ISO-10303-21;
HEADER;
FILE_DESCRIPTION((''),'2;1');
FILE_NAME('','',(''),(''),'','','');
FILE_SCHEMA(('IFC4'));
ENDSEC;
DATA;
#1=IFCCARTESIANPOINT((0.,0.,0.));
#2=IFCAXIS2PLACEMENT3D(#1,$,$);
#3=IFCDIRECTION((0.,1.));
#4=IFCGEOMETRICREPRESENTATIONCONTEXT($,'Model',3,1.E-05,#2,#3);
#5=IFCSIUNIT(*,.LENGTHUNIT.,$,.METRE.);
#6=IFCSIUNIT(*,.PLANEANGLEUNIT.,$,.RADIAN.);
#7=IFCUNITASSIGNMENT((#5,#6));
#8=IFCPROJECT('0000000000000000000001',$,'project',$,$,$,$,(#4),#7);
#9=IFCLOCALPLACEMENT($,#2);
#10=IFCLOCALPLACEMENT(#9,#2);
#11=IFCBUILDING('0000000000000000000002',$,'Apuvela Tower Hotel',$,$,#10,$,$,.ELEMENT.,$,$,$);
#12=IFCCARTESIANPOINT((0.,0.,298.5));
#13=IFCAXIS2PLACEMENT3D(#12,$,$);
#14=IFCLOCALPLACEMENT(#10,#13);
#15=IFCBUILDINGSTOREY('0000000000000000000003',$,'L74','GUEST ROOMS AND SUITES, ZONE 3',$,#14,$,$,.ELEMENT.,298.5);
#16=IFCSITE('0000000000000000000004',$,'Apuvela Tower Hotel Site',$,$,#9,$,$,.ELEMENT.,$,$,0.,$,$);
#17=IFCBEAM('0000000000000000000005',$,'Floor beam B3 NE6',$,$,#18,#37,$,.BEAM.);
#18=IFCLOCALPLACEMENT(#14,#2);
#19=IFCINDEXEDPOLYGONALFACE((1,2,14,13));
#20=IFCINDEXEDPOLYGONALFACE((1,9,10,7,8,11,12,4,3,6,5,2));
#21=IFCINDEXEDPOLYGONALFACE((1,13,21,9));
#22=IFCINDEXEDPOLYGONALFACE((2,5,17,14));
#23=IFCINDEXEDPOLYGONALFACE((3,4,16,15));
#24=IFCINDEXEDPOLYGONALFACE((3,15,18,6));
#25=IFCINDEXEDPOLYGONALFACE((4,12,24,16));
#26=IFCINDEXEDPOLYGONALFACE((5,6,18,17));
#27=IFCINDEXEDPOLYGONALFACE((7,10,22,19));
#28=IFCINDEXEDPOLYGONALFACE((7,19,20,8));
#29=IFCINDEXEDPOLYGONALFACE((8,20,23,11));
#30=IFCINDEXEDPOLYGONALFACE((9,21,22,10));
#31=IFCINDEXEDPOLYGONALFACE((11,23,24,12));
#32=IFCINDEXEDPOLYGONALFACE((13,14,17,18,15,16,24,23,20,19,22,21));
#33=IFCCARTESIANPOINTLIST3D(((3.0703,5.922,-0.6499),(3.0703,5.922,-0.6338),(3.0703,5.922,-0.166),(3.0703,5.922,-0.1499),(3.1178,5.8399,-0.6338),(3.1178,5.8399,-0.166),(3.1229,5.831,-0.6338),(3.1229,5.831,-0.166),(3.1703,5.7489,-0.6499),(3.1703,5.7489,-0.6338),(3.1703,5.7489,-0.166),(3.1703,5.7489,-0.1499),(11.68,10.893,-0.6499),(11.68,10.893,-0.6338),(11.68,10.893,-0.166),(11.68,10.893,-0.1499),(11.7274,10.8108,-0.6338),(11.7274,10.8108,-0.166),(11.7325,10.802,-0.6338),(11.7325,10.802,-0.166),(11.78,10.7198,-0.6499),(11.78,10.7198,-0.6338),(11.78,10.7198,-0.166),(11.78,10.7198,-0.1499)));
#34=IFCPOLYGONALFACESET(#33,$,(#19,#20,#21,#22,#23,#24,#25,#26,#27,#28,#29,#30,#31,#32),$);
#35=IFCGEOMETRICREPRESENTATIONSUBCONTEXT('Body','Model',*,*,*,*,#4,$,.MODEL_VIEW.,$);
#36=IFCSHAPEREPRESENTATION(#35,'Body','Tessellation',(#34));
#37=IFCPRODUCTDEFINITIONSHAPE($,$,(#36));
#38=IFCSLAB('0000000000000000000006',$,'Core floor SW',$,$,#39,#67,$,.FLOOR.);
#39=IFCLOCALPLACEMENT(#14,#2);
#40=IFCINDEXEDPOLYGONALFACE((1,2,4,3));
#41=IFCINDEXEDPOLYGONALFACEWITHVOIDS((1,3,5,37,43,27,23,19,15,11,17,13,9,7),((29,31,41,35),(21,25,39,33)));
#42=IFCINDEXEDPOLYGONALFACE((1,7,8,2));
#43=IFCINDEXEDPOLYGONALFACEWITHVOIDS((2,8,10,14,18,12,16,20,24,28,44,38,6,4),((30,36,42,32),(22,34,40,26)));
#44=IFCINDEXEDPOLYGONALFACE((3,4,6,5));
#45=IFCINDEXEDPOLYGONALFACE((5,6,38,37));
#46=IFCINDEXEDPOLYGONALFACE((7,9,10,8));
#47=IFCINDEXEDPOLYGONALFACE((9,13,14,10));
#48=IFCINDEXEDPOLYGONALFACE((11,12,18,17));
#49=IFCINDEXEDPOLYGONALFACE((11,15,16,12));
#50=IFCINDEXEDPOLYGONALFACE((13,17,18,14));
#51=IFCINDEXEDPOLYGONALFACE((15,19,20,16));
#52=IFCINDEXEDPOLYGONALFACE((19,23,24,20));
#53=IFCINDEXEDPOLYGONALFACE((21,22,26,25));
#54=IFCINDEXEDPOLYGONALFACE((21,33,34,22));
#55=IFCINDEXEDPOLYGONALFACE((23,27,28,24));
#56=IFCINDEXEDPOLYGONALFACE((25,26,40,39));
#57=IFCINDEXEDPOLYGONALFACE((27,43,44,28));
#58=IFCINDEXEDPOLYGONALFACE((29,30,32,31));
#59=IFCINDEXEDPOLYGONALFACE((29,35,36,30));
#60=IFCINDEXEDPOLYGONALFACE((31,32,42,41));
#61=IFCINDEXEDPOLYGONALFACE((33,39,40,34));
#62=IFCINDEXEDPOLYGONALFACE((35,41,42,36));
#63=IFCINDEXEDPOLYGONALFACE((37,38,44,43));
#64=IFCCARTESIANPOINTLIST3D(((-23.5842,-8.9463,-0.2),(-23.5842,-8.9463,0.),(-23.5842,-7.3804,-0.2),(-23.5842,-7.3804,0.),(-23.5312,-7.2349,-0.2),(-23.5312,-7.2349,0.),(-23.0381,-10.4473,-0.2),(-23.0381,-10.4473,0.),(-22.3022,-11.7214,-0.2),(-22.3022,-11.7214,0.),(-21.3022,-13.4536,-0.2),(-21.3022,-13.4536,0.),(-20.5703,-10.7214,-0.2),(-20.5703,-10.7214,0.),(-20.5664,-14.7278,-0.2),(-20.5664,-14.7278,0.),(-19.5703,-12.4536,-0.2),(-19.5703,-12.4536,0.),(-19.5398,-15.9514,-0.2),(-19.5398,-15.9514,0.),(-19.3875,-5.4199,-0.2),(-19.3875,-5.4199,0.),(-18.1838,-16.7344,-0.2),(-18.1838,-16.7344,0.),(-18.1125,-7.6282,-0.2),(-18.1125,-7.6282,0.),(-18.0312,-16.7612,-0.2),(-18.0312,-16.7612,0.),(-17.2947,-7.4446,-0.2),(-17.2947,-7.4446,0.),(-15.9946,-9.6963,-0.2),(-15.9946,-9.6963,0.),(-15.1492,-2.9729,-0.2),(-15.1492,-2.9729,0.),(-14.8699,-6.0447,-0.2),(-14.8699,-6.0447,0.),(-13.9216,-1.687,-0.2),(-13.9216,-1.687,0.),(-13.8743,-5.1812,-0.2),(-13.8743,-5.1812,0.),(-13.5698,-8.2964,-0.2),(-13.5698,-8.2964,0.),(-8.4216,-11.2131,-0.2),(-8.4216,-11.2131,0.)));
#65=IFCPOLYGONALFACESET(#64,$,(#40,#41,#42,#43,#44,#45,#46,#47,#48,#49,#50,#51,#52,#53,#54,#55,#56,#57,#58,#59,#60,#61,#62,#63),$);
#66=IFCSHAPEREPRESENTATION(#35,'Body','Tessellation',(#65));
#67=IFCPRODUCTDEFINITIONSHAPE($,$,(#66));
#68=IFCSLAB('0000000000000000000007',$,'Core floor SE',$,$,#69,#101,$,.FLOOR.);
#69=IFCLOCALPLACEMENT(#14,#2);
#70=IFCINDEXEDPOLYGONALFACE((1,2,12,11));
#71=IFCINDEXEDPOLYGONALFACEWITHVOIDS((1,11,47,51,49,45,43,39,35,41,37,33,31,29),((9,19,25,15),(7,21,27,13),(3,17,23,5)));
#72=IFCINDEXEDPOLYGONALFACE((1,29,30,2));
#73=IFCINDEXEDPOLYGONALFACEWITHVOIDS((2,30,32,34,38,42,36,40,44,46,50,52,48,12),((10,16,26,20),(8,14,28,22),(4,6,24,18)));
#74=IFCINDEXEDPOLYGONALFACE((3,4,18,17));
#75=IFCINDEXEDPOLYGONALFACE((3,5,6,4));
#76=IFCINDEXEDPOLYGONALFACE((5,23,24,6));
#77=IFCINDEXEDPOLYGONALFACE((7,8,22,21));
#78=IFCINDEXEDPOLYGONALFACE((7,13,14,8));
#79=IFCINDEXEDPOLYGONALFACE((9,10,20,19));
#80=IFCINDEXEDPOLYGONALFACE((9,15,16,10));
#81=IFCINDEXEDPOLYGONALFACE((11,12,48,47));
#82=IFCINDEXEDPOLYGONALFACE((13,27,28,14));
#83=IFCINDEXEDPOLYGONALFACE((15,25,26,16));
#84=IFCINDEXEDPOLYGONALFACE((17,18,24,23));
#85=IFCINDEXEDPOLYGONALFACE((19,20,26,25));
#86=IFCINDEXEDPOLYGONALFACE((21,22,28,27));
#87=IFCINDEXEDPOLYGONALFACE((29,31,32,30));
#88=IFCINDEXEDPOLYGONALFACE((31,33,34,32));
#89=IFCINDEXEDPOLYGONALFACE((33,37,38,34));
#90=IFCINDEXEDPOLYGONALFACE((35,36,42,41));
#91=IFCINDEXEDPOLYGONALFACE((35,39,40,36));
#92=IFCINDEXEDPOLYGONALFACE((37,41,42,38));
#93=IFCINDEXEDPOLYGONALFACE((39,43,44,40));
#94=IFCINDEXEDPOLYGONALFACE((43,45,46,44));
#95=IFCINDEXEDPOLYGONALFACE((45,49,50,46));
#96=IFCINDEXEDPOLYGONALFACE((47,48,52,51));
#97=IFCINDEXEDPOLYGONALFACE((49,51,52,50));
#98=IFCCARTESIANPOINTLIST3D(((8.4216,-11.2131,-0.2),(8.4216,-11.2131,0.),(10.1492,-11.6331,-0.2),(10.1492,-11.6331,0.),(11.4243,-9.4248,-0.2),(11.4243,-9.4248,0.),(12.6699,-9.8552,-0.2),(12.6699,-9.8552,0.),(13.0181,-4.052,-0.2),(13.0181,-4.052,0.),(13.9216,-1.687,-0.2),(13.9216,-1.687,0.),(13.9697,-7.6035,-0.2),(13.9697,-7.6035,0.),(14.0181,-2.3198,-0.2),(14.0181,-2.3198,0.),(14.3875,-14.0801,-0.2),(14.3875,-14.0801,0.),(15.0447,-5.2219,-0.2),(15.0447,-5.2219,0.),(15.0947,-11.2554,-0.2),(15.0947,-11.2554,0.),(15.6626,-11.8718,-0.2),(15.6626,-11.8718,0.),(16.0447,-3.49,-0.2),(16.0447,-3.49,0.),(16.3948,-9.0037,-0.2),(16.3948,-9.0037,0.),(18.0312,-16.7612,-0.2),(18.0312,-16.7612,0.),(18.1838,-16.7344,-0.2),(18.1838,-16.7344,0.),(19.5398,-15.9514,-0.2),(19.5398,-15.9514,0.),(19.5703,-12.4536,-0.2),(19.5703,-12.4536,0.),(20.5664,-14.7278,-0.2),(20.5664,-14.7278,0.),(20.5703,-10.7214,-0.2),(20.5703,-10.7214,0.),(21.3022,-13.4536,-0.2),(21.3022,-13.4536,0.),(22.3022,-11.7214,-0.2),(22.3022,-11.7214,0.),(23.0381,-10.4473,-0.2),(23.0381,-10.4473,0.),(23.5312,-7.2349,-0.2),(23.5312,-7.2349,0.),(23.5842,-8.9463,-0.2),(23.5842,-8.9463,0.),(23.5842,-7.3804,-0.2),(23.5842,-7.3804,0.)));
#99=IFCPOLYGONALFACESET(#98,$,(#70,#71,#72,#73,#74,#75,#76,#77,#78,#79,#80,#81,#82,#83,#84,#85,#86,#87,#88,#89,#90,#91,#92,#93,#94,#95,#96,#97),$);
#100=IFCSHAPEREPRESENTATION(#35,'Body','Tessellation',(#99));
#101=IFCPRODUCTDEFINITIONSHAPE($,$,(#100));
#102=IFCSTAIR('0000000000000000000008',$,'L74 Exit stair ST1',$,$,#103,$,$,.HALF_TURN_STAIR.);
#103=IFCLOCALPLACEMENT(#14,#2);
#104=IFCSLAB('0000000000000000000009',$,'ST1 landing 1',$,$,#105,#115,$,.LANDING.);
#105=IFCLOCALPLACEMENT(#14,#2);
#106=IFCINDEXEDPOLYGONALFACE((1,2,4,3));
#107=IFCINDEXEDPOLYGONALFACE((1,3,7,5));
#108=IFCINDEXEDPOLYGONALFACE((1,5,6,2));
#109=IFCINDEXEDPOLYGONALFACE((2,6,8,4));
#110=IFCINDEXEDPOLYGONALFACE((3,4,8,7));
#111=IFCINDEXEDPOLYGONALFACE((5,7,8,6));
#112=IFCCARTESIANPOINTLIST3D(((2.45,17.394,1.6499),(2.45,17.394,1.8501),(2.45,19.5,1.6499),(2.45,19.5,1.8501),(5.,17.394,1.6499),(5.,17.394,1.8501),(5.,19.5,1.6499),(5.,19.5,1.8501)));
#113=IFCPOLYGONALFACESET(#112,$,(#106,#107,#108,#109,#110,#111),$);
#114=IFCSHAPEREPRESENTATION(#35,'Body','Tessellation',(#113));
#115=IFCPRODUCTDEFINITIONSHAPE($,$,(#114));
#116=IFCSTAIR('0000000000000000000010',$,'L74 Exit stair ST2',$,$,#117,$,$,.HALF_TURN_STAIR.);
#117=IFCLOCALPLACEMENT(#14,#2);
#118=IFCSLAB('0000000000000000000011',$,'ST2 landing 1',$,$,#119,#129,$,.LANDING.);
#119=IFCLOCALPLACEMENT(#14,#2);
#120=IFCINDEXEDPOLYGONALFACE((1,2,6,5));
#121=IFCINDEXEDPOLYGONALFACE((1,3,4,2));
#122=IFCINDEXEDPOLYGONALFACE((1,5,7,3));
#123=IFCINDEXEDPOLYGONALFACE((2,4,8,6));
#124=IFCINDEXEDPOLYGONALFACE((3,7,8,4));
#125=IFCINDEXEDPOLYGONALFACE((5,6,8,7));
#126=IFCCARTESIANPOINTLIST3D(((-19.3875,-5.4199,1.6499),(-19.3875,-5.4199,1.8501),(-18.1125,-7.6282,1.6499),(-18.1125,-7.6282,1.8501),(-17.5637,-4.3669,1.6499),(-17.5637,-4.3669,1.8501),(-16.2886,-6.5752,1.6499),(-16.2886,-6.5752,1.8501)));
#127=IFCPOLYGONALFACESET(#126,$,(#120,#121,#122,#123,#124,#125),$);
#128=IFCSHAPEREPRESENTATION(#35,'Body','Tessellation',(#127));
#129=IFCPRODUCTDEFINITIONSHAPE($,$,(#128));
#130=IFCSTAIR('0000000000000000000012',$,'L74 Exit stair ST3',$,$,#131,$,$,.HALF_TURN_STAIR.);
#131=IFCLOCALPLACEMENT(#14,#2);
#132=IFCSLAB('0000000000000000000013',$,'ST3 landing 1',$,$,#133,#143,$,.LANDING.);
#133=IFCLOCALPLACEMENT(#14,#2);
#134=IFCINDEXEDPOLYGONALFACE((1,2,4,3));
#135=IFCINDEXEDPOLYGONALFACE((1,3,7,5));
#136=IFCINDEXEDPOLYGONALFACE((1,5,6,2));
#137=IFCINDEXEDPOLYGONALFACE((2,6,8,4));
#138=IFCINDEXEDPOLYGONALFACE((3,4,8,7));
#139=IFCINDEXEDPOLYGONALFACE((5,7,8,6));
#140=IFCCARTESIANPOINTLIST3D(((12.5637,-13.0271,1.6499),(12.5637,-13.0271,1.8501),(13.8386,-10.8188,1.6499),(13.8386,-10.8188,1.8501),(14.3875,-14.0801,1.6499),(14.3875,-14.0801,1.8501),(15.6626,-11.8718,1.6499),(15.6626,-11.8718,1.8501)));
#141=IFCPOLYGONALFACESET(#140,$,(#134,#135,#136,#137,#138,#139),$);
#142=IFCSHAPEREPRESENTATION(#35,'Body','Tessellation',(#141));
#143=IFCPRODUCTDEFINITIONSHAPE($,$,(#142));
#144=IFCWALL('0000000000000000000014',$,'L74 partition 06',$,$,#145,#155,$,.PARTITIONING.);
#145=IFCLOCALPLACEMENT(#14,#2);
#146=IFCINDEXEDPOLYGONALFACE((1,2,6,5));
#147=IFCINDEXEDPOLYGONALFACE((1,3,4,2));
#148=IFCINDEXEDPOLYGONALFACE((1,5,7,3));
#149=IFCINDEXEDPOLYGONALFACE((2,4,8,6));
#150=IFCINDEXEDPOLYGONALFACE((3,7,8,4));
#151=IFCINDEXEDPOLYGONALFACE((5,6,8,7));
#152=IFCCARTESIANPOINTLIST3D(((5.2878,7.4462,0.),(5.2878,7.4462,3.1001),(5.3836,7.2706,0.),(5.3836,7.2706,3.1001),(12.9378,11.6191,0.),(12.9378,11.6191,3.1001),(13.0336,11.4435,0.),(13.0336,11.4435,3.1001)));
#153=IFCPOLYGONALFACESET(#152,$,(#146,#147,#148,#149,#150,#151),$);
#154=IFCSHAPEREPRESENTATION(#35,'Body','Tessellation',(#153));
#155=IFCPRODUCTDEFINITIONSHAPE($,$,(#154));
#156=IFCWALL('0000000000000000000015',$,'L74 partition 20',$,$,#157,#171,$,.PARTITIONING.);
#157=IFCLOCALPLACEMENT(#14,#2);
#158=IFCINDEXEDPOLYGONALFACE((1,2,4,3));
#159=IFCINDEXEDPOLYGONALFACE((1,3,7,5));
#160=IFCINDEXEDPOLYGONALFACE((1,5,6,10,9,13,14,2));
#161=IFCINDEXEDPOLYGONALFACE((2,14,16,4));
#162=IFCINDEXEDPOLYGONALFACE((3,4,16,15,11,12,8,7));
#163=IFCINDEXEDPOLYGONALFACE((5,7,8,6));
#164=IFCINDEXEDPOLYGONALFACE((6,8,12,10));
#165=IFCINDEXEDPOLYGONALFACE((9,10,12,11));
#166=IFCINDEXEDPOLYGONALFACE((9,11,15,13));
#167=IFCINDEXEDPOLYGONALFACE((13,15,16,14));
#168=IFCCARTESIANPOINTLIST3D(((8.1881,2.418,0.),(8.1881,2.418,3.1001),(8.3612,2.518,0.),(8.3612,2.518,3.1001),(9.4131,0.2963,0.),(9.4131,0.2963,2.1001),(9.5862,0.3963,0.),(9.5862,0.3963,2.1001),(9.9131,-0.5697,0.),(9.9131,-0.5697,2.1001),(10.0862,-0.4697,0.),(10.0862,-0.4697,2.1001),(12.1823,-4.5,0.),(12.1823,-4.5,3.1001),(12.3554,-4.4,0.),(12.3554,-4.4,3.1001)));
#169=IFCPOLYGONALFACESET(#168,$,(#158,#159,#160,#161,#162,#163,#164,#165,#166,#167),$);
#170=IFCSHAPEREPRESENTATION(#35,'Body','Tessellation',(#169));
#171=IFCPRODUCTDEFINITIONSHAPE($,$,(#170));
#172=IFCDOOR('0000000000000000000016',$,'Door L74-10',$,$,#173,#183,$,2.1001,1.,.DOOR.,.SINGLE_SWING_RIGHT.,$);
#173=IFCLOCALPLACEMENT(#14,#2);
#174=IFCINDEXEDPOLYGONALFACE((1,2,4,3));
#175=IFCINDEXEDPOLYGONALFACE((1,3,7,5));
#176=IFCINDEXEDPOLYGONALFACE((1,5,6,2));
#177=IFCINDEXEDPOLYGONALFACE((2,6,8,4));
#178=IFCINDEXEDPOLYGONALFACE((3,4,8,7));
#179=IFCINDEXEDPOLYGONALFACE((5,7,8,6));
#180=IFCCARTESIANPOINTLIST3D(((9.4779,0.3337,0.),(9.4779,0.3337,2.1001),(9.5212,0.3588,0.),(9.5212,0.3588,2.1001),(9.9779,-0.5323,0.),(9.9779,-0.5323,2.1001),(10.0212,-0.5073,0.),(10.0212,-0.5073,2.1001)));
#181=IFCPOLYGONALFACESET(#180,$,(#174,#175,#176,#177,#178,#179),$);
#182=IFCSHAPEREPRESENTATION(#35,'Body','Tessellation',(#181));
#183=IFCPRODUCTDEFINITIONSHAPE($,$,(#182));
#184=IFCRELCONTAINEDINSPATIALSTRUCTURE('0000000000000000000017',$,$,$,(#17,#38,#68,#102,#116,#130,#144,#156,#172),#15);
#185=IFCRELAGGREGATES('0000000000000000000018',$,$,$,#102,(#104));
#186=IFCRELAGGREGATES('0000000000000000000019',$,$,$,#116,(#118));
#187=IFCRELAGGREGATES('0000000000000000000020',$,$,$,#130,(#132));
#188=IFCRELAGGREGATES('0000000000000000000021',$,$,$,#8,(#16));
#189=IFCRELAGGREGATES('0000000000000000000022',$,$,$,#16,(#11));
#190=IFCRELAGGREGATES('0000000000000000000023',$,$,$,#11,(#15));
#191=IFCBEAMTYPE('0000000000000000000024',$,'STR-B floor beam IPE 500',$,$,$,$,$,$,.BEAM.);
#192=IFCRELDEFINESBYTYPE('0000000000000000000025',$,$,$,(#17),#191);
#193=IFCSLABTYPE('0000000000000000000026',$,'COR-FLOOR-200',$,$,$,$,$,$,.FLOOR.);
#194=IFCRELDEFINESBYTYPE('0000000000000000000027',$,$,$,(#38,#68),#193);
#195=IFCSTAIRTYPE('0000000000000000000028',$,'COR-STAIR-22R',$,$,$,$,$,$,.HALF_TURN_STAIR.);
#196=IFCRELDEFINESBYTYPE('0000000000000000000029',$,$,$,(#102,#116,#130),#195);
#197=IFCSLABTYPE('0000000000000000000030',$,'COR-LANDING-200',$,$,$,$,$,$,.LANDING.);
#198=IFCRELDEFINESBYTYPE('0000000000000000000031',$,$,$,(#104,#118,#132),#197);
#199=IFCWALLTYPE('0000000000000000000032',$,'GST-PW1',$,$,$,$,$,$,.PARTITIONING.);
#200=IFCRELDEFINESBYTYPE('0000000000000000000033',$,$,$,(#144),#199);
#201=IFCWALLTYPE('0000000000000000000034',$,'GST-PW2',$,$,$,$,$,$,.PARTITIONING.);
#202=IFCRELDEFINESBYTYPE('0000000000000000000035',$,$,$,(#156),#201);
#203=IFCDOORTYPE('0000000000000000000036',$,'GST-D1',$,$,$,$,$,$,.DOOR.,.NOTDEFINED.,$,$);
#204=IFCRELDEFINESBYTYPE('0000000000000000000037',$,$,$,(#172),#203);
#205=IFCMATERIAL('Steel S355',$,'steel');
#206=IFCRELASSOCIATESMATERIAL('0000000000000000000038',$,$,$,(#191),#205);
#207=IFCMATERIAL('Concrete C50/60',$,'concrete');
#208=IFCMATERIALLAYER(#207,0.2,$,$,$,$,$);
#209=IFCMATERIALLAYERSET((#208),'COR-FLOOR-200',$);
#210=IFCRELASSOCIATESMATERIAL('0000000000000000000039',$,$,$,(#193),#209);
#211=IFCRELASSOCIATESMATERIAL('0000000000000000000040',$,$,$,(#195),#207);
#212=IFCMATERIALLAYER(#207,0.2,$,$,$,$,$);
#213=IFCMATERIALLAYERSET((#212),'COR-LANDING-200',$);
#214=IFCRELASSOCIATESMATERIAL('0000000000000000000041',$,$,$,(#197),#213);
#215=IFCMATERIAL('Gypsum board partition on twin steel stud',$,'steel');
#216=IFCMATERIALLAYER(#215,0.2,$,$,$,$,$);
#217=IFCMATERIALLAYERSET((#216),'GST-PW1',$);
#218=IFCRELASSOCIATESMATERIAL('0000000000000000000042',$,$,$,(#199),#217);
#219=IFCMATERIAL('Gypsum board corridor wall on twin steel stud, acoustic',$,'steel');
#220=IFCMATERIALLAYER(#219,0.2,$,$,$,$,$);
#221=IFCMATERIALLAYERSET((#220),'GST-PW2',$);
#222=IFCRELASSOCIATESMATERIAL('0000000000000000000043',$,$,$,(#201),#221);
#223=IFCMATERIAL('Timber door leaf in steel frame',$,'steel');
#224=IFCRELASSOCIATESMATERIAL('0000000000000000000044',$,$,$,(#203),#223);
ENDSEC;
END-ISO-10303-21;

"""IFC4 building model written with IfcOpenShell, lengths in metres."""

from ifc_helpers import new_model, si_unit, direction, frame, frame_2d, origin, origin_2d, place, context, subcontext, project, spatial, polyline, rectangle, i_section, outline, extrude, material, layer, layer_set, material_profile, profile_set, type_object, element, fill, aggregate, save


model = new_model("IFC4")

# Units and contexts
model_context = context("Model", 3, precision=1e-05, world=origin(), true_north=direction((0.0, 1.0)))
body_context = subcontext(model_context, "Body", "Model", "MODEL_VIEW")
ifc_project = project(units=[si_unit("LENGTHUNIT", "METRE"), si_unit("PLANEANGLEUNIT", "RADIAN")], contexts=[model_context])

# Site, building, storey
site_placement = place(None, origin())
site = spatial("IfcSite", under=ifc_project, at=site_placement, Name="Apuvela Tower Hotel Site", CompositionType="ELEMENT", RefElevation=0.0)
building_placement = place(site_placement, origin())
building = spatial("IfcBuilding", under=site, at=building_placement, Name="Apuvela Tower Hotel", CompositionType="ELEMENT")
storey_placement = place(building_placement, frame((0.0, 0.0, 298.5)))
storey = spatial("IfcBuildingStorey", under=building, at=storey_placement, Name="L74", Description="GUEST ROOMS AND SUITES, ZONE 3", CompositionType="ELEMENT", Elevation=298.5)

# Beam
ifc_material_1 = material(Name="Steel S355", Category="steel")
ifc_material_profile = material_profile(ifc_material_1, i_section(OverallWidth=0.2, OverallDepth=0.5, WebThickness=0.0103, FlangeThickness=0.0161, at=origin_2d()), Name="IPE 500")
ifc_profile_set = profile_set([ifc_material_profile], Name="Steel S355")
beam_type = type_object("IfcBeamType", Name="STR-B floor beam IPE 500", PredefinedType="BEAM", material=ifc_profile_set)
beam_placement = place(storey_placement, frame((11.73, 10.8064, -0.3999), z_axis=(-0.866018, -0.500014, 0.0), x_axis=(0.500014, -0.866018, 0.0)))
element("IfcBeam", 1, at=beam_placement, inside=storey, type_object=beam_type, Name="Floor beam B3 NE6", PredefinedType="BEAM", context=body_context, shape_type="SweptSolid", body=[
    extrude(i_section(OverallWidth=0.2, OverallDepth=0.5, WebThickness=0.0103, FlangeThickness=0.0161, at=origin_2d()), origin(), (0.0, 0.0, 1.0), 9.9417),
])

# Slabs
ifc_material_2 = material(Name="Concrete C50/60", Category="concrete")
ifc_layer_1 = layer(ifc_material_2, 0.2)
ifc_layer_set_1 = layer_set([ifc_layer_1], Name="COR-FLOOR-200")
slab_type_1 = type_object("IfcSlabType", Name="COR-FLOOR-200", PredefinedType="FLOOR", material=ifc_layer_set_1)
slab_1_placement = place(storey_placement, frame((0.0, 0.0, -0.2)))
element("IfcSlab", 2, at=slab_1_placement, inside=storey, type_object=slab_type_1, Name="Core floor SW", PredefinedType="FLOOR", context=body_context, shape_type="SweptSolid", body=[
    extrude(outline(polyline([(-23.5312, -7.2349), (-23.5842, -7.3804), (-23.5842, -8.9463), (-23.0381, -10.4473), (-22.3022, -11.7214), (-20.5703, -10.7214), (-19.5703, -12.4536), (-21.3022, -13.4536), (-20.5664, -14.7278), (-19.5398, -15.9514), (-18.1838, -16.7344), (-18.0312, -16.7612), (-8.4216, -11.2131), (-13.9216, -1.687), (-23.5312, -7.2349)]), holes=[polyline([(-13.8743, -5.1812), (-18.1125, -7.6282), (-19.3875, -5.4199), (-15.1492, -2.9729), (-13.8743, -5.1812)]), polyline([(-13.5698, -8.2964), (-15.9946, -9.6963), (-17.2947, -7.4446), (-14.8699, -6.0447), (-13.5698, -8.2964)])]), origin(), (0.0, 0.0, 1.0), 0.2),
])
slab_2_placement = place(storey_placement, frame((0.0, 0.0, -0.2)))
element("IfcSlab", 3, at=slab_2_placement, inside=storey, type_object=slab_type_1, Name="Core floor SE", PredefinedType="FLOOR", context=body_context, shape_type="SweptSolid", body=[
    extrude(outline(polyline([(18.0312, -16.7612), (18.1838, -16.7344), (19.5398, -15.9514), (20.5664, -14.7278), (21.3022, -13.4536), (19.5703, -12.4536), (20.5703, -10.7214), (22.3022, -11.7214), (23.0381, -10.4473), (23.5842, -8.9463), (23.5842, -7.3804), (23.5312, -7.2349), (13.9216, -1.687), (8.4216, -11.2131), (18.0312, -16.7612)]), holes=[polyline([(14.0181, -2.3198), (16.0447, -3.49), (15.0447, -5.2219), (13.0181, -4.052), (14.0181, -2.3198)]), polyline([(10.1492, -11.6331), (11.4243, -9.4248), (15.6626, -11.8718), (14.3875, -14.0801), (10.1492, -11.6331)]), polyline([(12.6699, -9.8552), (13.9697, -7.6035), (16.3948, -9.0037), (15.0947, -11.2554), (12.6699, -9.8552)])]), origin(), (0.0, 0.0, 1.0), 0.2),
])

# Stairs, slabs
stair_type = type_object("IfcStairType", Name="COR-STAIR-22R", PredefinedType="HALF_TURN_STAIR", material=ifc_material_2)
stair_1_placement = place(storey_placement, origin())
stair_1 = element("IfcStair", 4, at=stair_1_placement, inside=storey, type_object=stair_type, Name="L74 Exit stair ST1", PredefinedType="HALF_TURN_STAIR")
ifc_layer_2 = layer(ifc_material_2, 0.2)
ifc_layer_set_2 = layer_set([ifc_layer_2], Name="COR-LANDING-200")
slab_type_2 = type_object("IfcSlabType", Name="COR-LANDING-200", PredefinedType="LANDING", material=ifc_layer_set_2)
slab_3_placement = place(storey_placement, frame((0.0, 0.0, 1.6499)))
slab_3 = element("IfcSlab", 5, at=slab_3_placement, type_object=slab_type_2, Name="ST1 landing 1", PredefinedType="LANDING", context=body_context, shape_type="SweptSolid", body=[
    extrude(outline(polyline([(5.0, 17.394), (5.0, 19.5), (2.45, 19.5), (2.45, 17.394), (5.0, 17.394)])), origin(), (0.0, 0.0, 1.0), 0.2002),
])
aggregate(stair_1, [slab_3])
stair_2_placement = place(storey_placement, origin())
stair_2 = element("IfcStair", 6, at=stair_2_placement, inside=storey, type_object=stair_type, Name="L74 Exit stair ST2", PredefinedType="HALF_TURN_STAIR")
slab_4_placement = place(storey_placement, frame((0.0, 0.0, 1.6499)))
slab_4 = element("IfcSlab", 7, at=slab_4_placement, type_object=slab_type_2, Name="ST2 landing 1", PredefinedType="LANDING", context=body_context, shape_type="SweptSolid", body=[
    extrude(outline(polyline([(-17.5637, -4.3669), (-19.3875, -5.4199), (-18.1125, -7.6282), (-16.2886, -6.5752), (-17.5637, -4.3669)])), origin(), (0.0, 0.0, 1.0), 0.2002),
])
aggregate(stair_2, [slab_4])
stair_3_placement = place(storey_placement, origin())
stair_3 = element("IfcStair", 8, at=stair_3_placement, inside=storey, type_object=stair_type, Name="L74 Exit stair ST3", PredefinedType="HALF_TURN_STAIR")
slab_5_placement = place(storey_placement, frame((0.0, 0.0, 1.6499)))
slab_5 = element("IfcSlab", 9, at=slab_5_placement, type_object=slab_type_2, Name="ST3 landing 1", PredefinedType="LANDING", context=body_context, shape_type="SweptSolid", body=[
    extrude(outline(polyline([(12.5637, -13.0271), (14.3875, -14.0801), (15.6626, -11.8718), (13.8386, -10.8188), (12.5637, -13.0271)])), origin(), (0.0, 0.0, 1.0), 0.2002),
])
aggregate(stair_3, [slab_5])

# Wall
ifc_material_3 = material(Name="Gypsum board partition on twin steel stud", Category="steel")
ifc_layer_3 = layer(ifc_material_3, 0.2)
ifc_layer_set_3 = layer_set([ifc_layer_3], Name="GST-PW1")
wall_type_1 = type_object("IfcWallType", Name="GST-PW1", PredefinedType="PARTITIONING", material=ifc_layer_set_3)
wall_1_placement = place(storey_placement, frame((12.9856, 11.5312, 0.0), z_axis=(0.0, 0.0, 1.0), x_axis=(-0.877887, -0.478868, 0.0)))
element("IfcWall", 10, at=wall_1_placement, inside=storey, type_object=wall_type_1, Name="L74 partition 06", PredefinedType="PARTITIONING", context=body_context, shape_type="SweptSolid", body=[
    extrude(rectangle(XDim=8.7141, YDim=0.2, at=frame_2d((4.3569, 0.0))), origin(), (0.0, 0.0, 1.0), 3.1001),
])

# Wall, opening, door
ifc_material_4 = material(Name="Gypsum board corridor wall on twin steel stud, acoustic", Category="steel")
ifc_layer_4 = layer(ifc_material_4, 0.2)
ifc_layer_set_4 = layer_set([ifc_layer_4], Name="GST-PW2")
wall_type_2 = type_object("IfcWallType", Name="GST-PW2", PredefinedType="PARTITIONING", material=ifc_layer_set_4)
wall_2_placement = place(storey_placement, frame((8.2747, 2.468, 0.0), z_axis=(0.0, 0.0, 1.0), x_axis=(0.500005, -0.866023, 0.0)))
wall_2 = element("IfcWall", 11, at=wall_2_placement, inside=storey, type_object=wall_type_2, Name="L74 partition 20", PredefinedType="PARTITIONING", context=body_context, shape_type="SweptSolid", body=[
    extrude(rectangle(XDim=7.9883, YDim=0.2, at=frame_2d((3.9941, 0.0))), origin(), (0.0, 0.0, 1.0), 3.1001),
])
opening_1_placement = place(wall_2_placement, frame((2.45, 0.0, 0.0)))
opening_1 = element("IfcOpeningElement", 12, at=opening_1_placement, cuts=wall_2, PredefinedType="OPENING", context=body_context, shape_type="SweptSolid", body=[
    extrude(rectangle(XDim=1.0, YDim=2.1001, at=frame_2d((0.5, 1.05))), frame((0.0, 0.1099, 0.0), z_axis=(0.0, -1.0, 0.0), x_axis=(1.0, 0.0, 0.0)), (0.0, 0.0, 1.0), 0.22),
])
ifc_material_5 = material(Name="Timber door leaf in steel frame", Category="steel")
door_type_1 = type_object("IfcDoorType", Name="GST-D1", OperationType="NOTDEFINED", PredefinedType="DOOR", material=ifc_material_5)
door_1_placement = place(opening_1_placement, origin())
door_1 = element("IfcDoor", 13, at=door_1_placement, inside=storey, type_object=door_type_1, Name="Door L74-10", OperationType="SINGLE_SWING_RIGHT", OverallHeight=2.1001, OverallWidth=1.0, PredefinedType="DOOR", context=body_context, shape_type="SweptSolid", body=[
    extrude(rectangle(XDim=1.0, YDim=2.1001, at=frame_2d((0.5, 1.05))), frame((0.0, 0.0249, 0.0), z_axis=(0.0, -1.0, 0.0), x_axis=(1.0, 0.0, 0.0)), (0.0, 0.0, 1.0), 0.05),
])
fill(opening_1, door_1)

save(model, "model.ifc")
